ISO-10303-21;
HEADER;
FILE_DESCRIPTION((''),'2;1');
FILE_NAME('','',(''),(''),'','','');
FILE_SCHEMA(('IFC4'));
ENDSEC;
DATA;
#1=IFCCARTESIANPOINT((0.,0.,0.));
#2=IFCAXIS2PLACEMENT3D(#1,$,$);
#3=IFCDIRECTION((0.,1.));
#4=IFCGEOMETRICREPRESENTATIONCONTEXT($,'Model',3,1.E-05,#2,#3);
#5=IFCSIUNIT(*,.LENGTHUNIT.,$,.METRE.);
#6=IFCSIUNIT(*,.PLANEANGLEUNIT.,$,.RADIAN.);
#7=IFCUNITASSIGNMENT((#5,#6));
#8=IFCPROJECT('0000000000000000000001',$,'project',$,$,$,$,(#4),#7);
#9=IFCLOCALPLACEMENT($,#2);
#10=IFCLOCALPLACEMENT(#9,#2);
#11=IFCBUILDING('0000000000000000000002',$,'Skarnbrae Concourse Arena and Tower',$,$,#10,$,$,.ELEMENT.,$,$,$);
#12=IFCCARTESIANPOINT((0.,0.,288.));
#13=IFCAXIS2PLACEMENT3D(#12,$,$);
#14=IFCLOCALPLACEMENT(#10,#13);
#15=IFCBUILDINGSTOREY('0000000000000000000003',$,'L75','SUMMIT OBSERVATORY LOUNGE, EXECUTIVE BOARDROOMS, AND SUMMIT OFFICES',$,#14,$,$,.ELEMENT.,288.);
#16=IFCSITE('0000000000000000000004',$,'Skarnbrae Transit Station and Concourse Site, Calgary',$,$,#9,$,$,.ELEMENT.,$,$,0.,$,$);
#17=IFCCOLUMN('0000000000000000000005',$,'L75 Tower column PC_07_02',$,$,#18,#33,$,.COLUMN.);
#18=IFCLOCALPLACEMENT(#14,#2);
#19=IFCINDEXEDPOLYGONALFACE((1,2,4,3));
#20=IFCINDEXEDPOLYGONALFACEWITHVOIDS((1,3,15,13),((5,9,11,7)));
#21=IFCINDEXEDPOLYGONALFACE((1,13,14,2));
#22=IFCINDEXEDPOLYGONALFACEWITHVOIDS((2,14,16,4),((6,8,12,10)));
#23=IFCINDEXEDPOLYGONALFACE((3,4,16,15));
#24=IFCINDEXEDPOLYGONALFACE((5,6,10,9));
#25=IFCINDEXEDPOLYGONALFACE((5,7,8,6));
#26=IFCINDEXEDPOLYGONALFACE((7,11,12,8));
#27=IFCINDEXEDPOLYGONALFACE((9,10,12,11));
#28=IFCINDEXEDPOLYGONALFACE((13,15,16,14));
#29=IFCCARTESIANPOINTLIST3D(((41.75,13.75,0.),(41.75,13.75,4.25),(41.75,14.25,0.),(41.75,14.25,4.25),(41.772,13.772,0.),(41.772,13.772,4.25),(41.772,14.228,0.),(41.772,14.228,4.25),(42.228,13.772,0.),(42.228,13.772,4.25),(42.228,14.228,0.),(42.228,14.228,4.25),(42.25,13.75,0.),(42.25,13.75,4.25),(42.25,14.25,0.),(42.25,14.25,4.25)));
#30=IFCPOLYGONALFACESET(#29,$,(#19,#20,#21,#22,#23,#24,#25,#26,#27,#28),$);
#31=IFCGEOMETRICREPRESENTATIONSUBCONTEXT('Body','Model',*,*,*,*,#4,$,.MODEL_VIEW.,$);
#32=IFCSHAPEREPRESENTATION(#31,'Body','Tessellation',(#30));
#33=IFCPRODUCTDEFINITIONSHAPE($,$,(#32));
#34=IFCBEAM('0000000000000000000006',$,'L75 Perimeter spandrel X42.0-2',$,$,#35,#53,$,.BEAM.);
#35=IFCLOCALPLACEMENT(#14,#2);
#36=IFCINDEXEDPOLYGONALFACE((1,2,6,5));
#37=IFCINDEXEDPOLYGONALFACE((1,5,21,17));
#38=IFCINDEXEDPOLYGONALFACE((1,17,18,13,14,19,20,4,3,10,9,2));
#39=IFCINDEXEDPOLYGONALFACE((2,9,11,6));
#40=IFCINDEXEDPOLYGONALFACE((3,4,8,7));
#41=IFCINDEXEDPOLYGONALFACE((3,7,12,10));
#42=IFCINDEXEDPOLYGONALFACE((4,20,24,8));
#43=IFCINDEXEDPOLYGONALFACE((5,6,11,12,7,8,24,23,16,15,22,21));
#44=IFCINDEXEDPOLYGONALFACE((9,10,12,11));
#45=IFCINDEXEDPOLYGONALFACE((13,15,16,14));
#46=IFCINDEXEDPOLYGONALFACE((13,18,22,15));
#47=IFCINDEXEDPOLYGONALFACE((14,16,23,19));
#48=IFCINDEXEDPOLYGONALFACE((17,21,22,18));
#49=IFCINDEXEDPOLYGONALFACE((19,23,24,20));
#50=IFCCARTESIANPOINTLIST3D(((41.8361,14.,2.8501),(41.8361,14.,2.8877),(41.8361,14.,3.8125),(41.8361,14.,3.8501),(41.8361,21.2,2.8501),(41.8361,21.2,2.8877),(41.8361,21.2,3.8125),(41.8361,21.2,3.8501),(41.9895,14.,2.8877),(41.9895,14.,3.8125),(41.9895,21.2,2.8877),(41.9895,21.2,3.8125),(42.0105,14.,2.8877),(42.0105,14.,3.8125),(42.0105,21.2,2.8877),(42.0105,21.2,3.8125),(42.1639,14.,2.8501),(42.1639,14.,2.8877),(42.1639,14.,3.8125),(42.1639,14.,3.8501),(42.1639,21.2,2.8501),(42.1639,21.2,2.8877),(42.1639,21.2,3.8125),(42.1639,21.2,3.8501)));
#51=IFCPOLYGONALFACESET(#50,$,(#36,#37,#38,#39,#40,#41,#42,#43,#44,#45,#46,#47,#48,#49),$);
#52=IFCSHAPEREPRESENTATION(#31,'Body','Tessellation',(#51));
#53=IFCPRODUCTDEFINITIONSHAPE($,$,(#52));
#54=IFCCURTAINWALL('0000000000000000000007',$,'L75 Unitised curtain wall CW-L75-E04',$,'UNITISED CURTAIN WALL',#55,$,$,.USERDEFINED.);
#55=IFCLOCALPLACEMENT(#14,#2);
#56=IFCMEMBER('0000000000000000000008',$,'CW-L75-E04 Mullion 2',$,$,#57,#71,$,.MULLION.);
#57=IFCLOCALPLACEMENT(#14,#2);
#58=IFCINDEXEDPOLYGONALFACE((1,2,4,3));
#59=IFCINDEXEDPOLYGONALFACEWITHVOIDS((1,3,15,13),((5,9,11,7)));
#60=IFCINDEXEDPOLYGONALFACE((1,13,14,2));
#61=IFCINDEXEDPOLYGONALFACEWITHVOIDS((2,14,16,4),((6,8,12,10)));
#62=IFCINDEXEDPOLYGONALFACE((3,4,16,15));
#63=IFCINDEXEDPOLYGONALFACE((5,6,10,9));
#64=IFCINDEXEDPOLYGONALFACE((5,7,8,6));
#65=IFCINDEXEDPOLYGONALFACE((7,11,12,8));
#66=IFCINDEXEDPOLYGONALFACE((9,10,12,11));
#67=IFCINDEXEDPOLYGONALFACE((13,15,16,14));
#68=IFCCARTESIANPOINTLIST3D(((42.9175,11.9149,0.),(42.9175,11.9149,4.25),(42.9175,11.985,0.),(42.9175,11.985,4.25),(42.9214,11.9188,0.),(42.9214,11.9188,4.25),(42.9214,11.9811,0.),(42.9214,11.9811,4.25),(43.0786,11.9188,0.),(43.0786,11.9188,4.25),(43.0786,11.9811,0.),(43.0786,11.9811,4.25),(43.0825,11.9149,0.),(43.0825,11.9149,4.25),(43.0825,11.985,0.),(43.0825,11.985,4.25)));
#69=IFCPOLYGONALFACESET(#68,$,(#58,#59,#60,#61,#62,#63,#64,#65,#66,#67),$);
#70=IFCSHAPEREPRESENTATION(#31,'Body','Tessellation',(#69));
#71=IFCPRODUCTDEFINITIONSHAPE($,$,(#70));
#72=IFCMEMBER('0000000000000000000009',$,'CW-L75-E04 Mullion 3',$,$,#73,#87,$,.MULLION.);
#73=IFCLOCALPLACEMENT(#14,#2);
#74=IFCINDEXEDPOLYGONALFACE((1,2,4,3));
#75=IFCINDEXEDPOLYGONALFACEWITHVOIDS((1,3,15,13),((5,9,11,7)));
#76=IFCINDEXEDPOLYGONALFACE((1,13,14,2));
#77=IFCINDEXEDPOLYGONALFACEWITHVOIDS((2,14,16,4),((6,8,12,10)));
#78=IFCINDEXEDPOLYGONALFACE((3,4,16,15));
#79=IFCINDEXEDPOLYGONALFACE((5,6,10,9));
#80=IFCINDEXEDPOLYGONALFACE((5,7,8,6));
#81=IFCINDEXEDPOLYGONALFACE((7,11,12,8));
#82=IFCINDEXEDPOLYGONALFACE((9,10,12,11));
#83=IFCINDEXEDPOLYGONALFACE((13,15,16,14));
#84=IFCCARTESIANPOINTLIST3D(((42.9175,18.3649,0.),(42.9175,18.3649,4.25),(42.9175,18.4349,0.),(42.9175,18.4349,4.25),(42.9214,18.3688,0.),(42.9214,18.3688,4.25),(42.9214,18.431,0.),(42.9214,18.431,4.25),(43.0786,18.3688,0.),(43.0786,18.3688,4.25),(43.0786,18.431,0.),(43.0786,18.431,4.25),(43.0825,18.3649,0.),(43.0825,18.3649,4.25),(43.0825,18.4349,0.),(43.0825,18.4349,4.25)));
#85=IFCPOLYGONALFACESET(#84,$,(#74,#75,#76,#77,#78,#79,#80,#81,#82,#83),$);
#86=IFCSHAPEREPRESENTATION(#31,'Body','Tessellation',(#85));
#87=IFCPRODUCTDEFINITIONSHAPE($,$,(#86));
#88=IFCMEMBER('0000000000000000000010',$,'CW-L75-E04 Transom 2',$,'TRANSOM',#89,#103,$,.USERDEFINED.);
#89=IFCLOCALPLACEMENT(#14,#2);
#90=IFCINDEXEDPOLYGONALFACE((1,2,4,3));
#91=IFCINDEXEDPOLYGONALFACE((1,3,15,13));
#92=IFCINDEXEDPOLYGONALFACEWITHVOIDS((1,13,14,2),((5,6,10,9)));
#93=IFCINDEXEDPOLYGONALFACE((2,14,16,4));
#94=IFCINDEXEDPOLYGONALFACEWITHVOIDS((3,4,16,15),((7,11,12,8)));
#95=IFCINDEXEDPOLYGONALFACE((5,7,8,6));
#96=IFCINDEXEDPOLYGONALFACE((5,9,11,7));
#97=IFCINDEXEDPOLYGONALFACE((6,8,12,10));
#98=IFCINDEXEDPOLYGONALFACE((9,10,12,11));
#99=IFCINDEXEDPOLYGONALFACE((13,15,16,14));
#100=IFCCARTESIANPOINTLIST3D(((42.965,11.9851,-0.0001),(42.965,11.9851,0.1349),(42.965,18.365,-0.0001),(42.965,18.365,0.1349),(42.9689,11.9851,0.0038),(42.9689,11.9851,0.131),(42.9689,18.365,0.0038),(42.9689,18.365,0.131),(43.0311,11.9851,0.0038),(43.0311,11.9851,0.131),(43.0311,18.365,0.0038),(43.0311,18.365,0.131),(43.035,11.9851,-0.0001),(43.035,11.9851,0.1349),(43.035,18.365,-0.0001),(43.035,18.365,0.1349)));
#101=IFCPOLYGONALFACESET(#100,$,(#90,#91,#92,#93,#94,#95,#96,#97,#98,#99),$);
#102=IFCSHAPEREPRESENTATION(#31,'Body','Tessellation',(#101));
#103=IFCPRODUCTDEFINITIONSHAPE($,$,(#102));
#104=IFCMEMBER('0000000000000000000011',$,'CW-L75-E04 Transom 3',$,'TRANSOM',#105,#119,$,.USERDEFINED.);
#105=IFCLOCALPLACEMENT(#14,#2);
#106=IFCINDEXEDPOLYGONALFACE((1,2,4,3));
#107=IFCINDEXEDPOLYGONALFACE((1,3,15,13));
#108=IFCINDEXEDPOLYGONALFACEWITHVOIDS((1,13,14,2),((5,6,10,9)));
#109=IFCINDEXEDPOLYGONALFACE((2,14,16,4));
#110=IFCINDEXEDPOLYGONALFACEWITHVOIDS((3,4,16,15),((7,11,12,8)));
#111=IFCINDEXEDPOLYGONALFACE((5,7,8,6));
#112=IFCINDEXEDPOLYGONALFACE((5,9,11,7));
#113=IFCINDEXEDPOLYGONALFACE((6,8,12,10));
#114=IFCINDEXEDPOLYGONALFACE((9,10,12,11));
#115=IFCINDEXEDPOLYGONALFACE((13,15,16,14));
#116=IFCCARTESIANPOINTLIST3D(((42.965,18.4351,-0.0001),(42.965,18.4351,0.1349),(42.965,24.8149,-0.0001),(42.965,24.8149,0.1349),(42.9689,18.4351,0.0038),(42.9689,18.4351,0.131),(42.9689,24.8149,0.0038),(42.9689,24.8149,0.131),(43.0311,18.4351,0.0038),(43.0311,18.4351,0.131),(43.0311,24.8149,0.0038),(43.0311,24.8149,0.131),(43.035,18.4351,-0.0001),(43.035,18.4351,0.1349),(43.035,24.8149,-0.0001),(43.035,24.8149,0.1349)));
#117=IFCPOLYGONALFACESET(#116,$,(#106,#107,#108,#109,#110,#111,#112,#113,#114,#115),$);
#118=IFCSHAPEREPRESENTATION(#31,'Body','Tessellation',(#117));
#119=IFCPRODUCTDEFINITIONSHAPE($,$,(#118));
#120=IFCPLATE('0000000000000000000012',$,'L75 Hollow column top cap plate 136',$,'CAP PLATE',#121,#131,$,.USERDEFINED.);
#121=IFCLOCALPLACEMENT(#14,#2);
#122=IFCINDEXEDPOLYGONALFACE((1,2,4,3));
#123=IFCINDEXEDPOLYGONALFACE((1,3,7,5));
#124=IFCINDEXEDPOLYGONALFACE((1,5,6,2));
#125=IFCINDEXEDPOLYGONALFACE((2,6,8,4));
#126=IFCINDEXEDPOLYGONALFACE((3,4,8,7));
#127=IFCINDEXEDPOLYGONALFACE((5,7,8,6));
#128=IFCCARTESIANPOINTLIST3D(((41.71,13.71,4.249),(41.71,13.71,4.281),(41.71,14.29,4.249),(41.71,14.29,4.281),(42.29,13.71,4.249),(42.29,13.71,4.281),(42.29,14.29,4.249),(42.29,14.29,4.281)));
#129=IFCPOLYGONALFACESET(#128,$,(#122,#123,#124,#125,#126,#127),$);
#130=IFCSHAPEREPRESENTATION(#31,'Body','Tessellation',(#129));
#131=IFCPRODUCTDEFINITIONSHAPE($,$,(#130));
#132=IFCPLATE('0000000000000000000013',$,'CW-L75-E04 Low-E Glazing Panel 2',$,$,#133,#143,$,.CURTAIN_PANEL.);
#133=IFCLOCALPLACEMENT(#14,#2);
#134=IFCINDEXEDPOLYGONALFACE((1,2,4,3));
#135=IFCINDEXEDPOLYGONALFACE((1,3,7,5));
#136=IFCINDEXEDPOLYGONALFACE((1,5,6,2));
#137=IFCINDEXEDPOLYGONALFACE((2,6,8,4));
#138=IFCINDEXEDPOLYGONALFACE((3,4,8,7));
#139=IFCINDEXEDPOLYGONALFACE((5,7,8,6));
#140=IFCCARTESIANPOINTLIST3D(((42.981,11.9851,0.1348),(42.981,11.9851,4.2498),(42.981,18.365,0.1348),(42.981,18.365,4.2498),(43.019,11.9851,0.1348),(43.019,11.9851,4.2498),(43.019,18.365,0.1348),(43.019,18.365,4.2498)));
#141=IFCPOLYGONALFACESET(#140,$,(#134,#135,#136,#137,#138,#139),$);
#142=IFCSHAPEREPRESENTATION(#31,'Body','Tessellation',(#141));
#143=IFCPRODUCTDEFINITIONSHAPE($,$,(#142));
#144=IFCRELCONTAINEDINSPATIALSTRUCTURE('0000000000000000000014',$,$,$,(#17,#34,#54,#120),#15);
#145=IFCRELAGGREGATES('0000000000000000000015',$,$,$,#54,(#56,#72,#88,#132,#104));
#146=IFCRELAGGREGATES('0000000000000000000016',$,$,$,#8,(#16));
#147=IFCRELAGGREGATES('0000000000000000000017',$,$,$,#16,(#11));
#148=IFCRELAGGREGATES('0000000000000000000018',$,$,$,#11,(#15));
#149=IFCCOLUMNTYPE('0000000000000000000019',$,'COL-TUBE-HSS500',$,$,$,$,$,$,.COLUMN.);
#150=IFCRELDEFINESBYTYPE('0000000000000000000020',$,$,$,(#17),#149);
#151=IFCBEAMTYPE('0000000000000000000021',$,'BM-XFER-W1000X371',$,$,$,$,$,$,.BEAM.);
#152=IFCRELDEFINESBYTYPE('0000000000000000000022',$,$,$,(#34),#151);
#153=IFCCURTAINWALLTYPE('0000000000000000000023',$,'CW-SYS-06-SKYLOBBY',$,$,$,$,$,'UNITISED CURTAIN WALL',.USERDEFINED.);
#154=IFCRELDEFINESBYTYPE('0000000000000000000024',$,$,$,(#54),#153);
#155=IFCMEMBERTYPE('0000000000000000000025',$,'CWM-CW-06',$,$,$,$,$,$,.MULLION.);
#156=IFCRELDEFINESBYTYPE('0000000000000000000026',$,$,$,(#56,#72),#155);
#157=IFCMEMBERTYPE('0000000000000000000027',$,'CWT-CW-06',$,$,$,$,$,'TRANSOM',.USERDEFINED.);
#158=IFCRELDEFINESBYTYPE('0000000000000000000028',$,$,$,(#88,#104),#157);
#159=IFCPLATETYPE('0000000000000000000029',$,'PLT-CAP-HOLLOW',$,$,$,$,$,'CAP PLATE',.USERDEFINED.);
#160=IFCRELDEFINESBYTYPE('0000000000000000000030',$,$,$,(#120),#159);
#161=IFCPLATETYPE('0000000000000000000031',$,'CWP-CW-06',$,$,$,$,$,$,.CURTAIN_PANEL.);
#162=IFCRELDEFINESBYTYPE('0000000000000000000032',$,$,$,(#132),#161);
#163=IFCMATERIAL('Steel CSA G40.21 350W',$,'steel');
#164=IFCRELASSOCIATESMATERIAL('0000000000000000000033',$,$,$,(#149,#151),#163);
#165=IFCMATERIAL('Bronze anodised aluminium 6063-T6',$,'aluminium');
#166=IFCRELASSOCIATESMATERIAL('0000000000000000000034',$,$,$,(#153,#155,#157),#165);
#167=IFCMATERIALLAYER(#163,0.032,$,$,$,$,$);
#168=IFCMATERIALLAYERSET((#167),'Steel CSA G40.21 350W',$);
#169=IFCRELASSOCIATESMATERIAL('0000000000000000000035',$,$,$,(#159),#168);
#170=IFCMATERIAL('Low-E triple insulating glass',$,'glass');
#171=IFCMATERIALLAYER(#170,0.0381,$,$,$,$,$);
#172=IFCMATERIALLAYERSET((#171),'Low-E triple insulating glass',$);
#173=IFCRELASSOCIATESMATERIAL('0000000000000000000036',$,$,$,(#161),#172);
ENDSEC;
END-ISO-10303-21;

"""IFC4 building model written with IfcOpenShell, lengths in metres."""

from ifc_helpers import new_model, si_unit, direction, frame, origin, origin_2d, place, context, subcontext, project, spatial, rectangle, hollow_rectangle, i_section, extrude, source, transform, mapped, material, layer, layer_set, material_profile, profile_set, type_object, element, aggregate, save


model = new_model("IFC4")

# Units and contexts
model_context = context("Model", 3, precision=1e-05, world=origin(), true_north=direction((0.0, 1.0)))
body_context = subcontext(model_context, "Body", "Model", "MODEL_VIEW")
ifc_project = project(units=[si_unit("LENGTHUNIT", "METRE"), si_unit("PLANEANGLEUNIT", "RADIAN")], contexts=[model_context])

# Site, building, storey
site_placement = place(None, origin())
site = spatial("IfcSite", under=ifc_project, at=site_placement, Name="Skarnbrae Transit Station and Concourse Site, Calgary", CompositionType="ELEMENT", RefElevation=0.0)
building_placement = place(site_placement, origin())
building = spatial("IfcBuilding", under=site, at=building_placement, Name="Skarnbrae Concourse Arena and Tower", CompositionType="ELEMENT")
storey_placement = place(building_placement, frame((0.0, 0.0, 288.0)))
storey = spatial("IfcBuildingStorey", under=building, at=storey_placement, Name="L75", Description="SUMMIT OBSERVATORY LOUNGE, EXECUTIVE BOARDROOMS, AND SUMMIT OFFICES", CompositionType="ELEMENT", Elevation=288.0)

# Column
ifc_material_1 = material(Name="Steel CSA G40.21 350W", Category="steel")
ifc_material_profile_1 = material_profile(ifc_material_1, hollow_rectangle(XDim=0.5, YDim=0.5, WallThickness=0.022, at=origin_2d()), Name="HSS500X500X22.0")
ifc_profile_set_1 = profile_set([ifc_material_profile_1], Name="Steel CSA G40.21 350W")
column_type = type_object("IfcColumnType", Name="COL-TUBE-HSS500", PredefinedType="COLUMN", material=ifc_profile_set_1)
shared_shape_1 = source(origin(), body_context, "Body", "SweptSolid", [
    extrude(hollow_rectangle(XDim=0.5, YDim=0.5, WallThickness=0.022, at=origin_2d()), origin(), (0.0, 0.0, 1.0), 4.25),
])
column_placement = place(storey_placement, frame((42.0, 14.0, 0.0), z_axis=(0.0, 0.0, 1.0), x_axis=(1.0, 0.0, 0.0)))
element("IfcColumn", 1, at=column_placement, inside=storey, type_object=column_type, Name="L75 Tower column PC_07_02", PredefinedType="COLUMN", context=body_context, shape_type="MappedRepresentation", body=[
    mapped(shared_shape_1, transform((0.0, 0.0, 0.0))),
])

# Beam
ifc_material_profile_2 = material_profile(ifc_material_1, i_section(OverallWidth=0.3279, OverallDepth=1.0, WebThickness=0.021, FlangeThickness=0.0376, at=origin_2d()), Name="W1000X371")
ifc_profile_set_2 = profile_set([ifc_material_profile_2], Name="Steel CSA G40.21 350W")
beam_type = type_object("IfcBeamType", Name="BM-XFER-W1000X371", PredefinedType="BEAM", material=ifc_profile_set_2)
shared_shape_2 = source(origin(), body_context, "Body", "SweptSolid", [
    extrude(i_section(OverallWidth=0.3279, OverallDepth=1.0, WebThickness=0.021, FlangeThickness=0.0376, at=origin_2d()), origin(), (0.0, 0.0, 1.0), 7.2),
])
beam_placement = place(storey_placement, frame((42.0, 14.0, 3.3501), z_axis=(0.0, 1.0, 0.0), x_axis=(-1.0, 0.0, 0.0)))
element("IfcBeam", 2, at=beam_placement, inside=storey, type_object=beam_type, Name="L75 Perimeter spandrel X42.0-2", PredefinedType="BEAM", context=body_context, shape_type="MappedRepresentation", body=[
    mapped(shared_shape_2, transform((0.0, 0.0, 0.0))),
])

# Curtain wall, members
ifc_material_2 = material(Name="Bronze anodised aluminium 6063-T6", Category="aluminium")
curtain_wall_type = type_object("IfcCurtainWallType", Name="CW-SYS-06-SKYLOBBY", ElementType="UNITISED CURTAIN WALL", PredefinedType="USERDEFINED", material=ifc_material_2)
curtain_wall_placement = place(storey_placement, origin())
curtain_wall = element("IfcCurtainWall", 3, at=curtain_wall_placement, inside=storey, type_object=curtain_wall_type, Name="L75 Unitised curtain wall CW-L75-E04", ObjectType="UNITISED CURTAIN WALL", PredefinedType="USERDEFINED")
ifc_material_profile_3 = material_profile(ifc_material_2, hollow_rectangle(XDim=0.0701, YDim=0.165, WallThickness=0.0039, at=origin_2d()), Name="ALU-MULL-70X165")
ifc_profile_set_3 = profile_set([ifc_material_profile_3], Name="Bronze anodised aluminium 6063-T6")
member_type_1 = type_object("IfcMemberType", Name="CWM-CW-06", PredefinedType="MULLION", material=ifc_profile_set_3)
shared_shape_3 = source(origin(), body_context, "Body", "SweptSolid", [
    extrude(hollow_rectangle(XDim=0.0701, YDim=0.165, WallThickness=0.0039, at=origin_2d()), origin(), (0.0, 0.0, 1.0), 4.25),
])
member_1_placement = place(storey_placement, frame((43.0, 11.95, 0.0), z_axis=(0.0, 0.0, 1.0), x_axis=(0.0, 1.0, 0.0)))
member_1 = element("IfcMember", 4, at=member_1_placement, type_object=member_type_1, Name="CW-L75-E04 Mullion 2", PredefinedType="MULLION", context=body_context, shape_type="MappedRepresentation", body=[
    mapped(shared_shape_3, transform((0.0, 0.0, 0.0))),
])
member_2_placement = place(storey_placement, frame((43.0, 18.3999, 0.0), z_axis=(0.0, 0.0, 1.0), x_axis=(0.0, 1.0, 0.0)))
member_2 = element("IfcMember", 5, at=member_2_placement, type_object=member_type_1, Name="CW-L75-E04 Mullion 3", PredefinedType="MULLION", context=body_context, shape_type="MappedRepresentation", body=[
    mapped(shared_shape_3, transform((0.0, 0.0, 0.0))),
])
ifc_material_profile_4 = material_profile(ifc_material_2, hollow_rectangle(XDim=0.0701, YDim=0.135, WallThickness=0.0039, at=origin_2d()), Name="ALU-TRAN-70X135")
ifc_profile_set_4 = profile_set([ifc_material_profile_4], Name="Bronze anodised aluminium 6063-T6")
member_type_2 = type_object("IfcMemberType", Name="CWT-CW-06", ElementType="TRANSOM", PredefinedType="USERDEFINED", material=ifc_profile_set_4)
shared_shape_4 = source(origin(), body_context, "Body", "SweptSolid", [
    extrude(hollow_rectangle(XDim=0.0701, YDim=0.135, WallThickness=0.0039, at=origin_2d()), origin(), (0.0, 0.0, 1.0), 6.3799),
])
member_3_placement = place(storey_placement, frame((43.0, 11.9851, 0.0674), z_axis=(0.0, 1.0, 0.0), x_axis=(-1.0, 0.0, 0.0)))
member_3 = element("IfcMember", 6, at=member_3_placement, type_object=member_type_2, Name="CW-L75-E04 Transom 2", ObjectType="TRANSOM", PredefinedType="USERDEFINED", context=body_context, shape_type="MappedRepresentation", body=[
    mapped(shared_shape_4, transform((0.0, 0.0, 0.0))),
])
member_4_placement = place(storey_placement, frame((43.0, 18.4351, 0.0674), z_axis=(0.0, 1.0, 0.0), x_axis=(-1.0, 0.0, 0.0)))
member_4 = element("IfcMember", 7, at=member_4_placement, type_object=member_type_2, Name="CW-L75-E04 Transom 3", ObjectType="TRANSOM", PredefinedType="USERDEFINED", context=body_context, shape_type="MappedRepresentation", body=[
    mapped(shared_shape_4, transform((0.0, 0.0, 0.0))),
])

# Plates
ifc_layer_1 = layer(ifc_material_1, 0.032)
ifc_layer_set_1 = layer_set([ifc_layer_1], Name="Steel CSA G40.21 350W")
plate_type_1 = type_object("IfcPlateType", Name="PLT-CAP-HOLLOW", ElementType="CAP PLATE", PredefinedType="USERDEFINED", material=ifc_layer_set_1)
shared_shape_5 = source(origin(), body_context, "Body", "SweptSolid", [
    extrude(rectangle(XDim=0.5801, YDim=0.5801, at=origin_2d()), origin(), (0.0, 0.0, 1.0), 0.032),
])
plate_1_placement = place(storey_placement, frame((42.0, 14.0, 4.249), z_axis=(0.0, 0.0, 1.0), x_axis=(1.0, 0.0, 0.0)))
element("IfcPlate", 8, at=plate_1_placement, inside=storey, type_object=plate_type_1, Name="L75 Hollow column top cap plate 136", ObjectType="CAP PLATE", PredefinedType="USERDEFINED", context=body_context, shape_type="MappedRepresentation", body=[
    mapped(shared_shape_5, transform((0.0, 0.0, 0.0))),
])
ifc_material_3 = material(Name="Low-E triple insulating glass", Category="glass")
ifc_layer_2 = layer(ifc_material_3, 0.0381)
ifc_layer_set_2 = layer_set([ifc_layer_2], Name="Low-E triple insulating glass")
plate_type_2 = type_object("IfcPlateType", Name="CWP-CW-06", PredefinedType="CURTAIN_PANEL", material=ifc_layer_set_2)
shared_shape_6 = source(origin(), body_context, "Body", "SweptSolid", [
    extrude(rectangle(XDim=6.3799, YDim=0.0381, at=origin_2d()), origin(), (0.0, 0.0, 1.0), 4.115),
])
plate_2_placement = place(storey_placement, frame((43.0, 15.175, 0.1348), z_axis=(0.0, 0.0, 1.0), x_axis=(0.0, 1.0, 0.0)))
plate_2 = element("IfcPlate", 9, at=plate_2_placement, type_object=plate_type_2, Name="CW-L75-E04 Low-E Glazing Panel 2", PredefinedType="CURTAIN_PANEL", context=body_context, shape_type="MappedRepresentation", body=[
    mapped(shared_shape_6, transform((0.0, 0.0, 0.0))),
])
aggregate(curtain_wall, [member_1, member_2, member_3, plate_2, member_4])

save(model, "model.ifc")
